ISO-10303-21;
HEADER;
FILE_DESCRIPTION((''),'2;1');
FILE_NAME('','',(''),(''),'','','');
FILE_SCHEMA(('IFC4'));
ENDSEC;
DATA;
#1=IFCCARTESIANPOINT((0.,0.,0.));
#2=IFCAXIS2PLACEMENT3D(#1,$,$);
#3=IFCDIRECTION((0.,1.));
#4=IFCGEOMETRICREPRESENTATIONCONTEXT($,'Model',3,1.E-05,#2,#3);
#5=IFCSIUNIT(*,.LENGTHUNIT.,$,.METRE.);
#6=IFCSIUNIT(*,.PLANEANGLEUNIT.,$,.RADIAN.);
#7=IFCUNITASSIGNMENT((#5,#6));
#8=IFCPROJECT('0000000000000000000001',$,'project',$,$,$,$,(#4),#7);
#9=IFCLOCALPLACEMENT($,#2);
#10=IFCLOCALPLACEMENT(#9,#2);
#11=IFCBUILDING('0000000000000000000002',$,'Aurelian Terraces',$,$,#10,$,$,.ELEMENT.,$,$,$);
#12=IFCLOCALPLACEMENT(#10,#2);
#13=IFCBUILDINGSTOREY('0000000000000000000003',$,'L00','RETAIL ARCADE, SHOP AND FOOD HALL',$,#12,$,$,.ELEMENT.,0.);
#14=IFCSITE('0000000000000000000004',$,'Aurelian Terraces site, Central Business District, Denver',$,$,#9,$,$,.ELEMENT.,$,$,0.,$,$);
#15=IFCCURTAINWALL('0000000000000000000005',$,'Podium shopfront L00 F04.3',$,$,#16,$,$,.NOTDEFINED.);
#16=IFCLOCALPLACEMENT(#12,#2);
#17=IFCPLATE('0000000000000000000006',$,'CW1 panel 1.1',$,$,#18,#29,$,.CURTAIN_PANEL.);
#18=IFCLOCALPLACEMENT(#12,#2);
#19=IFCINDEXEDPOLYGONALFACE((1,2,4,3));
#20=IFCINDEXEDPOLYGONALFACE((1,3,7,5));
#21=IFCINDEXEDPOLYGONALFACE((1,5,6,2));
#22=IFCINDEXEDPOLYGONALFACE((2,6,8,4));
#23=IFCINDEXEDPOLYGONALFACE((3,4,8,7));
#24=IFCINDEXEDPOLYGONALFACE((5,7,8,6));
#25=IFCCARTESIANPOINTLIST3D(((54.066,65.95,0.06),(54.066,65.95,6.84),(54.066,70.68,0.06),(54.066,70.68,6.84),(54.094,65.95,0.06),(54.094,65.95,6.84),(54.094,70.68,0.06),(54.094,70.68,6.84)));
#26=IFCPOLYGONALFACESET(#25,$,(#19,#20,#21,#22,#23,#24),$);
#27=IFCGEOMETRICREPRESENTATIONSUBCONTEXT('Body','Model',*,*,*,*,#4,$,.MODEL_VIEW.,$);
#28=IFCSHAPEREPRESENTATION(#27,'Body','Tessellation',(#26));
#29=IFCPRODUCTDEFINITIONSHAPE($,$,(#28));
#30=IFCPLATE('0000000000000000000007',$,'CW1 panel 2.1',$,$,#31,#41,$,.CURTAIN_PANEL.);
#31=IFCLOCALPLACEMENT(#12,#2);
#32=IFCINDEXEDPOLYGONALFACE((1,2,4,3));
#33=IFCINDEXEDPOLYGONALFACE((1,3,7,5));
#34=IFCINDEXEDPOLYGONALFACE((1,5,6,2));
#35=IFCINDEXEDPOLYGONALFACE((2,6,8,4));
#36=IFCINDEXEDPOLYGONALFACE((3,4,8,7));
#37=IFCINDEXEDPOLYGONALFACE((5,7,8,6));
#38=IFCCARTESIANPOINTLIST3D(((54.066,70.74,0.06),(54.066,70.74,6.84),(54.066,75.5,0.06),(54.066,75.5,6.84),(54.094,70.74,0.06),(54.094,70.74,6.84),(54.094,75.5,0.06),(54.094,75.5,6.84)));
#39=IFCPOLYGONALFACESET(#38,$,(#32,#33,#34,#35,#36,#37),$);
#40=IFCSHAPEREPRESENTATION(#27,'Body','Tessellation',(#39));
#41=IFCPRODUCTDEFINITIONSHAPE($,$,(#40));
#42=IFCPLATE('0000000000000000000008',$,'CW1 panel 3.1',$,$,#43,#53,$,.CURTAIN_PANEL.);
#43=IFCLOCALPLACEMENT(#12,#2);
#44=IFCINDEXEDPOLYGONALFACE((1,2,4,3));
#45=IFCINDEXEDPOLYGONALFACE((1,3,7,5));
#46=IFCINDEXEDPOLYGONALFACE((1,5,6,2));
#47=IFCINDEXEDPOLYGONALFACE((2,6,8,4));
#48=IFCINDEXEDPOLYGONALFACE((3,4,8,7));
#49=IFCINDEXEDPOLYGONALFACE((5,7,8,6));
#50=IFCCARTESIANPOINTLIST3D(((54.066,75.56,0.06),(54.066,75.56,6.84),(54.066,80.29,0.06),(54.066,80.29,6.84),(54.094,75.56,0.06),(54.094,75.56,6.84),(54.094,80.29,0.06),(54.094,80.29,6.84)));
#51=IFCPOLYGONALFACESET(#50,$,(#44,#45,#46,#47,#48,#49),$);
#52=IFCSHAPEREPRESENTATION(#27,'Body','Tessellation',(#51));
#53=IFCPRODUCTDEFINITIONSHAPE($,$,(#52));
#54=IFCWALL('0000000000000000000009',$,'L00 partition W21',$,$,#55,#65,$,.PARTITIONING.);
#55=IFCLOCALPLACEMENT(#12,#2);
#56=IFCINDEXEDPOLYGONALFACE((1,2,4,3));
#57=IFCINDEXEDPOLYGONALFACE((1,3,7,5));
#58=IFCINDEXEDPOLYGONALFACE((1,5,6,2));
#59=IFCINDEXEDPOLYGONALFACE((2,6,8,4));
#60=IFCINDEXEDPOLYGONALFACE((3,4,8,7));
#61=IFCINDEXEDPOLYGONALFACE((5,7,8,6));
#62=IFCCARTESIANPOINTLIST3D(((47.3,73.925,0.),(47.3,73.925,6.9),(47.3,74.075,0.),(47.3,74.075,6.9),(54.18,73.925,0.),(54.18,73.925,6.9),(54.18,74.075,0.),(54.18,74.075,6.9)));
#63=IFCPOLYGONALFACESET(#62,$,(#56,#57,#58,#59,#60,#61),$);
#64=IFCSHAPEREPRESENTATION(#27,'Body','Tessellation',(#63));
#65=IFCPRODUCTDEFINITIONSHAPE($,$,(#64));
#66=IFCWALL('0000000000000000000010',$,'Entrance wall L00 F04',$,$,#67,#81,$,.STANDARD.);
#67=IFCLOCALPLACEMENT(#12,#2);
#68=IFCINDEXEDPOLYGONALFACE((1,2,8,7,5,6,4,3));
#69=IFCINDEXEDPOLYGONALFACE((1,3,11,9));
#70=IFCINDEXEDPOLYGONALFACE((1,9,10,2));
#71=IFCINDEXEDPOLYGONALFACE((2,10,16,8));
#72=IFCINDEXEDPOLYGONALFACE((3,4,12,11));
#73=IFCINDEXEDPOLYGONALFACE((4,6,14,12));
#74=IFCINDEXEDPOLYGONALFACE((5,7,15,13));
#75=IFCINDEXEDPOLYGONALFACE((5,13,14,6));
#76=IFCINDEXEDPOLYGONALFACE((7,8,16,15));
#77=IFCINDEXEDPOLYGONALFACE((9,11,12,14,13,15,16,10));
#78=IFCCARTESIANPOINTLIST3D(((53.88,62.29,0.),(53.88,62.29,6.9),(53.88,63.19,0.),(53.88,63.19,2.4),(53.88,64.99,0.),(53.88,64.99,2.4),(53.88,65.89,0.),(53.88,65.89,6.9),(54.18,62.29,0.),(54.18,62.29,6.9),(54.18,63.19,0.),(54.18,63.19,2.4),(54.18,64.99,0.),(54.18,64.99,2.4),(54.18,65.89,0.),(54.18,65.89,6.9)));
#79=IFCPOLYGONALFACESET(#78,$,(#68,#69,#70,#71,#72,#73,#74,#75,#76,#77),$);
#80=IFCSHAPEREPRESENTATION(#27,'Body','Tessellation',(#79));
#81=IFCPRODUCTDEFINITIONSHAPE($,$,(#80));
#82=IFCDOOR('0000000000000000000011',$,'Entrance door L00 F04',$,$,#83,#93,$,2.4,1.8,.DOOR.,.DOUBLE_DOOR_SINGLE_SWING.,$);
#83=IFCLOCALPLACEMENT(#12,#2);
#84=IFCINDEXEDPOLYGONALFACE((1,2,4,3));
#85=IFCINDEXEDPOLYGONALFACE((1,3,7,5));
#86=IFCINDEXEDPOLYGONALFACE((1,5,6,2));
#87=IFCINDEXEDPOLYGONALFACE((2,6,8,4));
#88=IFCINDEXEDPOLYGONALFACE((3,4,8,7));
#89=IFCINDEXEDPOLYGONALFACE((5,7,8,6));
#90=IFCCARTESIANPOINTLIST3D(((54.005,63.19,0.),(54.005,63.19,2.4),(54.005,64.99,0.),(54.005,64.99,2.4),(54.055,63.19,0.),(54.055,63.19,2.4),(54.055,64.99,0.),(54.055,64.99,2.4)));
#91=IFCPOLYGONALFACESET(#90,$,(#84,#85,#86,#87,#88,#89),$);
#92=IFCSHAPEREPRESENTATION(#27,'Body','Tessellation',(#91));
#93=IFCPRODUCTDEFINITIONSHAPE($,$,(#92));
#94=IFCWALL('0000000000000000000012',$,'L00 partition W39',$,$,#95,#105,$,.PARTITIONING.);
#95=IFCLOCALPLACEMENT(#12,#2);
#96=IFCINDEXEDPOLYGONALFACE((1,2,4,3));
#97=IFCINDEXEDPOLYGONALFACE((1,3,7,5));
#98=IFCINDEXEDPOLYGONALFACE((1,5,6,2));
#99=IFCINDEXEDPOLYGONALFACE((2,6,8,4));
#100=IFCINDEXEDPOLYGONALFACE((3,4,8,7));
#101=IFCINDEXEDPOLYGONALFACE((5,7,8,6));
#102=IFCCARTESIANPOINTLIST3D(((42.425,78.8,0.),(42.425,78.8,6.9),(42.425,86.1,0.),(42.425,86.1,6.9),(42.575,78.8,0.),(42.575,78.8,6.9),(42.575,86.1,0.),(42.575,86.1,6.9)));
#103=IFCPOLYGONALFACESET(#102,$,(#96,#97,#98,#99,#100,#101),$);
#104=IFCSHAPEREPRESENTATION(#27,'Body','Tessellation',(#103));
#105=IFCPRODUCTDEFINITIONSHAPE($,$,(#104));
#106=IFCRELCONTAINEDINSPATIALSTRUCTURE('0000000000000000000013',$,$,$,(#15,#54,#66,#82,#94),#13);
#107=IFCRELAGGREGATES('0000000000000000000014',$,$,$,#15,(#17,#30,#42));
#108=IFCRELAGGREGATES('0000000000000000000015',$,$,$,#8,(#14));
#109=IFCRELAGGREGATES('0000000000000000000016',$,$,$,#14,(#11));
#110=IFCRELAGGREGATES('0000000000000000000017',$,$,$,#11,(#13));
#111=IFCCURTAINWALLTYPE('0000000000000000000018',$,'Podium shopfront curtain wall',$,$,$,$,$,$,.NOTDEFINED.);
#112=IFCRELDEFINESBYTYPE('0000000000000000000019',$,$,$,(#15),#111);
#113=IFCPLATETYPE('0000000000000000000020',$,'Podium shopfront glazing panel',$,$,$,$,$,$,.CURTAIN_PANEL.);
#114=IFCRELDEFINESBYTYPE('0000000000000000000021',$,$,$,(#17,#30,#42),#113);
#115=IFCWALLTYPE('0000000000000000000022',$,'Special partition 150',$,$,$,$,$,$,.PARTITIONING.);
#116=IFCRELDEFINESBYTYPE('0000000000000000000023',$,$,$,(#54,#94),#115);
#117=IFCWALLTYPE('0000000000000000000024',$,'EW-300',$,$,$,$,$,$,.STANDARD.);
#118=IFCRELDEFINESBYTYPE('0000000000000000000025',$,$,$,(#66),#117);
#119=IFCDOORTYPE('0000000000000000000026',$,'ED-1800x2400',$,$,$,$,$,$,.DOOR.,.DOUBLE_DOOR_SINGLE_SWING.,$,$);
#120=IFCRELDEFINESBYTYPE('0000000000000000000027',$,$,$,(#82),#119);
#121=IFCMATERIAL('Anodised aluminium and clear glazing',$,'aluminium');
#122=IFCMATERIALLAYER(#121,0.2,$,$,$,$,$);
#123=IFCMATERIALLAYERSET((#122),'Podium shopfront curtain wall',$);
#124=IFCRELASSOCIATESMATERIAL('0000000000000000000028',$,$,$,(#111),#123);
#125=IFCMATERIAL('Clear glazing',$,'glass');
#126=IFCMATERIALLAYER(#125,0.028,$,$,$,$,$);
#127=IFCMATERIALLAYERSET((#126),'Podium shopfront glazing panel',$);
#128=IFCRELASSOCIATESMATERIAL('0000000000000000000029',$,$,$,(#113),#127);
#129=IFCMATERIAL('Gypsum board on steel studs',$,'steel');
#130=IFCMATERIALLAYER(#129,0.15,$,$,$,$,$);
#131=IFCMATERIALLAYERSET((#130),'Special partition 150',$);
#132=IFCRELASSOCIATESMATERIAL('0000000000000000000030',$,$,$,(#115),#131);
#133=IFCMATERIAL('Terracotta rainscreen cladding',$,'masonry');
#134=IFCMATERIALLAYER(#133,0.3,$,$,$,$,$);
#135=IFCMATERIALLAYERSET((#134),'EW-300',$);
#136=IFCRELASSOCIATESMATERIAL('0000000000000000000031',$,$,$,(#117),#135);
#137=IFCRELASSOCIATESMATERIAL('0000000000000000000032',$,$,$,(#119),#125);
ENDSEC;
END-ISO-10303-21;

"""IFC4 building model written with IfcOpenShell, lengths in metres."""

from ifc_helpers import new_model, si_unit, direction, frame, frame_2d, origin, origin_2d, place, context, subcontext, project, spatial, rectangle, extrude, source, transform, mapped, material, layer, layer_set, type_object, element, fill, aggregate, save


model = new_model("IFC4")

# Units and contexts
model_context = context("Model", 3, precision=1e-05, world=origin(), true_north=direction((0.0, 1.0)))
body_context = subcontext(model_context, "Body", "Model", "MODEL_VIEW")
ifc_project = project(units=[si_unit("LENGTHUNIT", "METRE"), si_unit("PLANEANGLEUNIT", "RADIAN")], contexts=[model_context])

# Site, building, storey
site_placement = place(None, origin())
site = spatial("IfcSite", under=ifc_project, at=site_placement, Name="Aurelian Terraces site, Central Business District, Denver", CompositionType="ELEMENT", RefElevation=0.0)
building_placement = place(site_placement, origin())
building = spatial("IfcBuilding", under=site, at=building_placement, Name="Aurelian Terraces", CompositionType="ELEMENT")
storey_placement = place(building_placement, origin())
storey = spatial("IfcBuildingStorey", under=building, at=storey_placement, Name="L00", Description="RETAIL ARCADE, SHOP AND FOOD HALL", CompositionType="ELEMENT", Elevation=0.0)

# Curtain wall
ifc_material_1 = material(Name="Anodised aluminium and clear glazing", Category="aluminium")
ifc_layer_1 = layer(ifc_material_1, 0.2)
ifc_layer_set_1 = layer_set([ifc_layer_1], Name="Podium shopfront curtain wall")
curtain_wall_type = type_object("IfcCurtainWallType", Name="Podium shopfront curtain wall", PredefinedType="NOTDEFINED", material=ifc_layer_set_1)
curtain_wall_1_placement = place(storey_placement, origin())
curtain_wall_1 = element("IfcCurtainWall", 1, at=curtain_wall_1_placement, inside=storey, type_object=curtain_wall_type, Name="Podium shopfront L00 F04.3", PredefinedType="NOTDEFINED")

# Plates
ifc_material_2 = material(Name="Clear glazing", Category="glass")
ifc_layer_2 = layer(ifc_material_2, 0.028)
ifc_layer_set_2 = layer_set([ifc_layer_2], Name="Podium shopfront glazing panel")
plate_type = type_object("IfcPlateType", Name="Podium shopfront glazing panel", PredefinedType="CURTAIN_PANEL", material=ifc_layer_set_2)
plate_1_placement = place(storey_placement, frame((54.08, 68.315, 0.06), z_axis=(0.0, 0.0, 1.0), x_axis=(0.0, 1.0, 0.0)))
plate_1 = element("IfcPlate", 2, at=plate_1_placement, type_object=plate_type, Name="CW1 panel 1.1", PredefinedType="CURTAIN_PANEL", context=body_context, shape_type="SweptSolid", body=[
    extrude(rectangle(XDim=4.73, YDim=0.028, at=origin_2d()), origin(), (0.0, 0.0, 1.0), 6.78),
])
plate_2_placement = place(storey_placement, frame((54.08, 73.12, 0.06), z_axis=(0.0, 0.0, 1.0), x_axis=(0.0, 1.0, 0.0)))
plate_2 = element("IfcPlate", 3, at=plate_2_placement, type_object=plate_type, Name="CW1 panel 2.1", PredefinedType="CURTAIN_PANEL", context=body_context, shape_type="SweptSolid", body=[
    extrude(rectangle(XDim=4.76, YDim=0.028, at=origin_2d()), origin(), (0.0, 0.0, 1.0), 6.78),
])
shared_shape_1 = source(origin(), body_context, "Body", "SweptSolid", [
    extrude(rectangle(XDim=4.73, YDim=0.028, at=origin_2d()), origin(), (0.0, 0.0, 1.0), 6.78),
])
plate_3_placement = place(storey_placement, frame((54.08, 77.925, 0.06), z_axis=(0.0, 0.0, 1.0), x_axis=(0.0, 1.0, 0.0)))
plate_3 = element("IfcPlate", 4, at=plate_3_placement, type_object=plate_type, Name="CW1 panel 3.1", PredefinedType="CURTAIN_PANEL", context=body_context, shape_type="MappedRepresentation", body=[
    mapped(shared_shape_1, transform((0.0, 0.0, 0.0), scale=1.0)),
])
aggregate(curtain_wall_1, [plate_1, plate_2, plate_3])

# Wall
ifc_material_3 = material(Name="Gypsum board on steel studs", Category="steel")
ifc_layer_3 = layer(ifc_material_3, 0.15)
ifc_layer_set_3 = layer_set([ifc_layer_3], Name="Special partition 150")
wall_type_1 = type_object("IfcWallType", Name="Special partition 150", PredefinedType="PARTITIONING", material=ifc_layer_set_3)
wall_1_placement = place(storey_placement, frame((47.3, 74.0, 0.0), z_axis=(0.0, 0.0, 1.0), x_axis=(1.0, 0.0, 0.0)))
element("IfcWall", 5, at=wall_1_placement, inside=storey, type_object=wall_type_1, Name="L00 partition W21", PredefinedType="PARTITIONING", context=body_context, shape_type="SweptSolid", body=[
    extrude(rectangle(XDim=6.88, YDim=0.15, at=frame_2d((3.44, 0.0))), origin(), (0.0, 0.0, 1.0), 6.9),
])

# Wall, opening, door
ifc_material_4 = material(Name="Terracotta rainscreen cladding", Category="masonry")
ifc_layer_4 = layer(ifc_material_4, 0.3)
ifc_layer_set_4 = layer_set([ifc_layer_4], Name="EW-300")
wall_type_2 = type_object("IfcWallType", Name="EW-300", PredefinedType="STANDARD", material=ifc_layer_set_4)
shared_shape_2 = source(origin(), body_context, "Body", "SweptSolid", [
    extrude(rectangle(XDim=3.6, YDim=0.3, at=frame_2d((1.8, 0.0))), origin(), (0.0, 0.0, 1.0), 6.9),
])
wall_2_placement = place(storey_placement, frame((54.03, 62.29, 0.0), z_axis=(0.0, 0.0, 1.0), x_axis=(0.0, 1.0, 0.0)))
wall_2 = element("IfcWall", 6, at=wall_2_placement, inside=storey, type_object=wall_type_2, Name="Entrance wall L00 F04", PredefinedType="STANDARD", context=body_context, shape_type="MappedRepresentation", body=[
    mapped(shared_shape_2, transform((0.0, 0.0, 0.0), scale=1.0)),
])
shared_shape_3 = source(origin(), body_context, "Body", "SweptSolid", [
    extrude(rectangle(XDim=1.8, YDim=2.4, at=frame_2d((0.9, 1.2))), frame((0.0, 0.16, 0.0), z_axis=(0.0, -1.0, 0.0), x_axis=(1.0, 0.0, 0.0)), (0.0, 0.0, 1.0), 0.32),
])
opening_placement = place(wall_2_placement, frame((0.9, 0.0, 0.0)))
opening = element("IfcOpeningElement", 7, at=opening_placement, cuts=wall_2, PredefinedType="OPENING", context=body_context, shape_type="MappedRepresentation", body=[
    mapped(shared_shape_3, transform((0.0, 0.0, 0.0), scale=1.0)),
])
door_type = type_object("IfcDoorType", Name="ED-1800x2400", OperationType="DOUBLE_DOOR_SINGLE_SWING", PredefinedType="DOOR", material=ifc_material_2)
shared_shape_4 = source(origin(), body_context, "Body", "SweptSolid", [
    extrude(rectangle(XDim=1.8, YDim=2.4, at=frame_2d((0.9, 1.2))), frame((0.0, 0.025, 0.0), z_axis=(0.0, -1.0, 0.0), x_axis=(1.0, 0.0, 0.0)), (0.0, 0.0, 1.0), 0.05),
])
door_placement = place(opening_placement, origin())
door = element("IfcDoor", 8, at=door_placement, inside=storey, type_object=door_type, Name="Entrance door L00 F04", OperationType="DOUBLE_DOOR_SINGLE_SWING", OverallHeight=2.4, OverallWidth=1.8, PredefinedType="DOOR", context=body_context, shape_type="MappedRepresentation", body=[
    mapped(shared_shape_4, transform((0.0, 0.0, 0.0), scale=1.0)),
])
fill(opening, door)

# Wall
shared_shape_5 = source(origin(), body_context, "Body", "SweptSolid", [
    extrude(rectangle(XDim=7.3, YDim=0.15, at=frame_2d((3.65, 0.0))), origin(), (0.0, 0.0, 1.0), 6.9),
])
wall_3_placement = place(storey_placement, frame((42.5, 78.8, 0.0), z_axis=(0.0, 0.0, 1.0), x_axis=(0.0, 1.0, 0.0)))
element("IfcWall", 9, at=wall_3_placement, inside=storey, type_object=wall_type_1, Name="L00 partition W39", PredefinedType="PARTITIONING", context=body_context, shape_type="MappedRepresentation", body=[
    mapped(shared_shape_5, transform((0.0, 0.0, 0.0), scale=1.0)),
])

save(model, "model.ifc")
